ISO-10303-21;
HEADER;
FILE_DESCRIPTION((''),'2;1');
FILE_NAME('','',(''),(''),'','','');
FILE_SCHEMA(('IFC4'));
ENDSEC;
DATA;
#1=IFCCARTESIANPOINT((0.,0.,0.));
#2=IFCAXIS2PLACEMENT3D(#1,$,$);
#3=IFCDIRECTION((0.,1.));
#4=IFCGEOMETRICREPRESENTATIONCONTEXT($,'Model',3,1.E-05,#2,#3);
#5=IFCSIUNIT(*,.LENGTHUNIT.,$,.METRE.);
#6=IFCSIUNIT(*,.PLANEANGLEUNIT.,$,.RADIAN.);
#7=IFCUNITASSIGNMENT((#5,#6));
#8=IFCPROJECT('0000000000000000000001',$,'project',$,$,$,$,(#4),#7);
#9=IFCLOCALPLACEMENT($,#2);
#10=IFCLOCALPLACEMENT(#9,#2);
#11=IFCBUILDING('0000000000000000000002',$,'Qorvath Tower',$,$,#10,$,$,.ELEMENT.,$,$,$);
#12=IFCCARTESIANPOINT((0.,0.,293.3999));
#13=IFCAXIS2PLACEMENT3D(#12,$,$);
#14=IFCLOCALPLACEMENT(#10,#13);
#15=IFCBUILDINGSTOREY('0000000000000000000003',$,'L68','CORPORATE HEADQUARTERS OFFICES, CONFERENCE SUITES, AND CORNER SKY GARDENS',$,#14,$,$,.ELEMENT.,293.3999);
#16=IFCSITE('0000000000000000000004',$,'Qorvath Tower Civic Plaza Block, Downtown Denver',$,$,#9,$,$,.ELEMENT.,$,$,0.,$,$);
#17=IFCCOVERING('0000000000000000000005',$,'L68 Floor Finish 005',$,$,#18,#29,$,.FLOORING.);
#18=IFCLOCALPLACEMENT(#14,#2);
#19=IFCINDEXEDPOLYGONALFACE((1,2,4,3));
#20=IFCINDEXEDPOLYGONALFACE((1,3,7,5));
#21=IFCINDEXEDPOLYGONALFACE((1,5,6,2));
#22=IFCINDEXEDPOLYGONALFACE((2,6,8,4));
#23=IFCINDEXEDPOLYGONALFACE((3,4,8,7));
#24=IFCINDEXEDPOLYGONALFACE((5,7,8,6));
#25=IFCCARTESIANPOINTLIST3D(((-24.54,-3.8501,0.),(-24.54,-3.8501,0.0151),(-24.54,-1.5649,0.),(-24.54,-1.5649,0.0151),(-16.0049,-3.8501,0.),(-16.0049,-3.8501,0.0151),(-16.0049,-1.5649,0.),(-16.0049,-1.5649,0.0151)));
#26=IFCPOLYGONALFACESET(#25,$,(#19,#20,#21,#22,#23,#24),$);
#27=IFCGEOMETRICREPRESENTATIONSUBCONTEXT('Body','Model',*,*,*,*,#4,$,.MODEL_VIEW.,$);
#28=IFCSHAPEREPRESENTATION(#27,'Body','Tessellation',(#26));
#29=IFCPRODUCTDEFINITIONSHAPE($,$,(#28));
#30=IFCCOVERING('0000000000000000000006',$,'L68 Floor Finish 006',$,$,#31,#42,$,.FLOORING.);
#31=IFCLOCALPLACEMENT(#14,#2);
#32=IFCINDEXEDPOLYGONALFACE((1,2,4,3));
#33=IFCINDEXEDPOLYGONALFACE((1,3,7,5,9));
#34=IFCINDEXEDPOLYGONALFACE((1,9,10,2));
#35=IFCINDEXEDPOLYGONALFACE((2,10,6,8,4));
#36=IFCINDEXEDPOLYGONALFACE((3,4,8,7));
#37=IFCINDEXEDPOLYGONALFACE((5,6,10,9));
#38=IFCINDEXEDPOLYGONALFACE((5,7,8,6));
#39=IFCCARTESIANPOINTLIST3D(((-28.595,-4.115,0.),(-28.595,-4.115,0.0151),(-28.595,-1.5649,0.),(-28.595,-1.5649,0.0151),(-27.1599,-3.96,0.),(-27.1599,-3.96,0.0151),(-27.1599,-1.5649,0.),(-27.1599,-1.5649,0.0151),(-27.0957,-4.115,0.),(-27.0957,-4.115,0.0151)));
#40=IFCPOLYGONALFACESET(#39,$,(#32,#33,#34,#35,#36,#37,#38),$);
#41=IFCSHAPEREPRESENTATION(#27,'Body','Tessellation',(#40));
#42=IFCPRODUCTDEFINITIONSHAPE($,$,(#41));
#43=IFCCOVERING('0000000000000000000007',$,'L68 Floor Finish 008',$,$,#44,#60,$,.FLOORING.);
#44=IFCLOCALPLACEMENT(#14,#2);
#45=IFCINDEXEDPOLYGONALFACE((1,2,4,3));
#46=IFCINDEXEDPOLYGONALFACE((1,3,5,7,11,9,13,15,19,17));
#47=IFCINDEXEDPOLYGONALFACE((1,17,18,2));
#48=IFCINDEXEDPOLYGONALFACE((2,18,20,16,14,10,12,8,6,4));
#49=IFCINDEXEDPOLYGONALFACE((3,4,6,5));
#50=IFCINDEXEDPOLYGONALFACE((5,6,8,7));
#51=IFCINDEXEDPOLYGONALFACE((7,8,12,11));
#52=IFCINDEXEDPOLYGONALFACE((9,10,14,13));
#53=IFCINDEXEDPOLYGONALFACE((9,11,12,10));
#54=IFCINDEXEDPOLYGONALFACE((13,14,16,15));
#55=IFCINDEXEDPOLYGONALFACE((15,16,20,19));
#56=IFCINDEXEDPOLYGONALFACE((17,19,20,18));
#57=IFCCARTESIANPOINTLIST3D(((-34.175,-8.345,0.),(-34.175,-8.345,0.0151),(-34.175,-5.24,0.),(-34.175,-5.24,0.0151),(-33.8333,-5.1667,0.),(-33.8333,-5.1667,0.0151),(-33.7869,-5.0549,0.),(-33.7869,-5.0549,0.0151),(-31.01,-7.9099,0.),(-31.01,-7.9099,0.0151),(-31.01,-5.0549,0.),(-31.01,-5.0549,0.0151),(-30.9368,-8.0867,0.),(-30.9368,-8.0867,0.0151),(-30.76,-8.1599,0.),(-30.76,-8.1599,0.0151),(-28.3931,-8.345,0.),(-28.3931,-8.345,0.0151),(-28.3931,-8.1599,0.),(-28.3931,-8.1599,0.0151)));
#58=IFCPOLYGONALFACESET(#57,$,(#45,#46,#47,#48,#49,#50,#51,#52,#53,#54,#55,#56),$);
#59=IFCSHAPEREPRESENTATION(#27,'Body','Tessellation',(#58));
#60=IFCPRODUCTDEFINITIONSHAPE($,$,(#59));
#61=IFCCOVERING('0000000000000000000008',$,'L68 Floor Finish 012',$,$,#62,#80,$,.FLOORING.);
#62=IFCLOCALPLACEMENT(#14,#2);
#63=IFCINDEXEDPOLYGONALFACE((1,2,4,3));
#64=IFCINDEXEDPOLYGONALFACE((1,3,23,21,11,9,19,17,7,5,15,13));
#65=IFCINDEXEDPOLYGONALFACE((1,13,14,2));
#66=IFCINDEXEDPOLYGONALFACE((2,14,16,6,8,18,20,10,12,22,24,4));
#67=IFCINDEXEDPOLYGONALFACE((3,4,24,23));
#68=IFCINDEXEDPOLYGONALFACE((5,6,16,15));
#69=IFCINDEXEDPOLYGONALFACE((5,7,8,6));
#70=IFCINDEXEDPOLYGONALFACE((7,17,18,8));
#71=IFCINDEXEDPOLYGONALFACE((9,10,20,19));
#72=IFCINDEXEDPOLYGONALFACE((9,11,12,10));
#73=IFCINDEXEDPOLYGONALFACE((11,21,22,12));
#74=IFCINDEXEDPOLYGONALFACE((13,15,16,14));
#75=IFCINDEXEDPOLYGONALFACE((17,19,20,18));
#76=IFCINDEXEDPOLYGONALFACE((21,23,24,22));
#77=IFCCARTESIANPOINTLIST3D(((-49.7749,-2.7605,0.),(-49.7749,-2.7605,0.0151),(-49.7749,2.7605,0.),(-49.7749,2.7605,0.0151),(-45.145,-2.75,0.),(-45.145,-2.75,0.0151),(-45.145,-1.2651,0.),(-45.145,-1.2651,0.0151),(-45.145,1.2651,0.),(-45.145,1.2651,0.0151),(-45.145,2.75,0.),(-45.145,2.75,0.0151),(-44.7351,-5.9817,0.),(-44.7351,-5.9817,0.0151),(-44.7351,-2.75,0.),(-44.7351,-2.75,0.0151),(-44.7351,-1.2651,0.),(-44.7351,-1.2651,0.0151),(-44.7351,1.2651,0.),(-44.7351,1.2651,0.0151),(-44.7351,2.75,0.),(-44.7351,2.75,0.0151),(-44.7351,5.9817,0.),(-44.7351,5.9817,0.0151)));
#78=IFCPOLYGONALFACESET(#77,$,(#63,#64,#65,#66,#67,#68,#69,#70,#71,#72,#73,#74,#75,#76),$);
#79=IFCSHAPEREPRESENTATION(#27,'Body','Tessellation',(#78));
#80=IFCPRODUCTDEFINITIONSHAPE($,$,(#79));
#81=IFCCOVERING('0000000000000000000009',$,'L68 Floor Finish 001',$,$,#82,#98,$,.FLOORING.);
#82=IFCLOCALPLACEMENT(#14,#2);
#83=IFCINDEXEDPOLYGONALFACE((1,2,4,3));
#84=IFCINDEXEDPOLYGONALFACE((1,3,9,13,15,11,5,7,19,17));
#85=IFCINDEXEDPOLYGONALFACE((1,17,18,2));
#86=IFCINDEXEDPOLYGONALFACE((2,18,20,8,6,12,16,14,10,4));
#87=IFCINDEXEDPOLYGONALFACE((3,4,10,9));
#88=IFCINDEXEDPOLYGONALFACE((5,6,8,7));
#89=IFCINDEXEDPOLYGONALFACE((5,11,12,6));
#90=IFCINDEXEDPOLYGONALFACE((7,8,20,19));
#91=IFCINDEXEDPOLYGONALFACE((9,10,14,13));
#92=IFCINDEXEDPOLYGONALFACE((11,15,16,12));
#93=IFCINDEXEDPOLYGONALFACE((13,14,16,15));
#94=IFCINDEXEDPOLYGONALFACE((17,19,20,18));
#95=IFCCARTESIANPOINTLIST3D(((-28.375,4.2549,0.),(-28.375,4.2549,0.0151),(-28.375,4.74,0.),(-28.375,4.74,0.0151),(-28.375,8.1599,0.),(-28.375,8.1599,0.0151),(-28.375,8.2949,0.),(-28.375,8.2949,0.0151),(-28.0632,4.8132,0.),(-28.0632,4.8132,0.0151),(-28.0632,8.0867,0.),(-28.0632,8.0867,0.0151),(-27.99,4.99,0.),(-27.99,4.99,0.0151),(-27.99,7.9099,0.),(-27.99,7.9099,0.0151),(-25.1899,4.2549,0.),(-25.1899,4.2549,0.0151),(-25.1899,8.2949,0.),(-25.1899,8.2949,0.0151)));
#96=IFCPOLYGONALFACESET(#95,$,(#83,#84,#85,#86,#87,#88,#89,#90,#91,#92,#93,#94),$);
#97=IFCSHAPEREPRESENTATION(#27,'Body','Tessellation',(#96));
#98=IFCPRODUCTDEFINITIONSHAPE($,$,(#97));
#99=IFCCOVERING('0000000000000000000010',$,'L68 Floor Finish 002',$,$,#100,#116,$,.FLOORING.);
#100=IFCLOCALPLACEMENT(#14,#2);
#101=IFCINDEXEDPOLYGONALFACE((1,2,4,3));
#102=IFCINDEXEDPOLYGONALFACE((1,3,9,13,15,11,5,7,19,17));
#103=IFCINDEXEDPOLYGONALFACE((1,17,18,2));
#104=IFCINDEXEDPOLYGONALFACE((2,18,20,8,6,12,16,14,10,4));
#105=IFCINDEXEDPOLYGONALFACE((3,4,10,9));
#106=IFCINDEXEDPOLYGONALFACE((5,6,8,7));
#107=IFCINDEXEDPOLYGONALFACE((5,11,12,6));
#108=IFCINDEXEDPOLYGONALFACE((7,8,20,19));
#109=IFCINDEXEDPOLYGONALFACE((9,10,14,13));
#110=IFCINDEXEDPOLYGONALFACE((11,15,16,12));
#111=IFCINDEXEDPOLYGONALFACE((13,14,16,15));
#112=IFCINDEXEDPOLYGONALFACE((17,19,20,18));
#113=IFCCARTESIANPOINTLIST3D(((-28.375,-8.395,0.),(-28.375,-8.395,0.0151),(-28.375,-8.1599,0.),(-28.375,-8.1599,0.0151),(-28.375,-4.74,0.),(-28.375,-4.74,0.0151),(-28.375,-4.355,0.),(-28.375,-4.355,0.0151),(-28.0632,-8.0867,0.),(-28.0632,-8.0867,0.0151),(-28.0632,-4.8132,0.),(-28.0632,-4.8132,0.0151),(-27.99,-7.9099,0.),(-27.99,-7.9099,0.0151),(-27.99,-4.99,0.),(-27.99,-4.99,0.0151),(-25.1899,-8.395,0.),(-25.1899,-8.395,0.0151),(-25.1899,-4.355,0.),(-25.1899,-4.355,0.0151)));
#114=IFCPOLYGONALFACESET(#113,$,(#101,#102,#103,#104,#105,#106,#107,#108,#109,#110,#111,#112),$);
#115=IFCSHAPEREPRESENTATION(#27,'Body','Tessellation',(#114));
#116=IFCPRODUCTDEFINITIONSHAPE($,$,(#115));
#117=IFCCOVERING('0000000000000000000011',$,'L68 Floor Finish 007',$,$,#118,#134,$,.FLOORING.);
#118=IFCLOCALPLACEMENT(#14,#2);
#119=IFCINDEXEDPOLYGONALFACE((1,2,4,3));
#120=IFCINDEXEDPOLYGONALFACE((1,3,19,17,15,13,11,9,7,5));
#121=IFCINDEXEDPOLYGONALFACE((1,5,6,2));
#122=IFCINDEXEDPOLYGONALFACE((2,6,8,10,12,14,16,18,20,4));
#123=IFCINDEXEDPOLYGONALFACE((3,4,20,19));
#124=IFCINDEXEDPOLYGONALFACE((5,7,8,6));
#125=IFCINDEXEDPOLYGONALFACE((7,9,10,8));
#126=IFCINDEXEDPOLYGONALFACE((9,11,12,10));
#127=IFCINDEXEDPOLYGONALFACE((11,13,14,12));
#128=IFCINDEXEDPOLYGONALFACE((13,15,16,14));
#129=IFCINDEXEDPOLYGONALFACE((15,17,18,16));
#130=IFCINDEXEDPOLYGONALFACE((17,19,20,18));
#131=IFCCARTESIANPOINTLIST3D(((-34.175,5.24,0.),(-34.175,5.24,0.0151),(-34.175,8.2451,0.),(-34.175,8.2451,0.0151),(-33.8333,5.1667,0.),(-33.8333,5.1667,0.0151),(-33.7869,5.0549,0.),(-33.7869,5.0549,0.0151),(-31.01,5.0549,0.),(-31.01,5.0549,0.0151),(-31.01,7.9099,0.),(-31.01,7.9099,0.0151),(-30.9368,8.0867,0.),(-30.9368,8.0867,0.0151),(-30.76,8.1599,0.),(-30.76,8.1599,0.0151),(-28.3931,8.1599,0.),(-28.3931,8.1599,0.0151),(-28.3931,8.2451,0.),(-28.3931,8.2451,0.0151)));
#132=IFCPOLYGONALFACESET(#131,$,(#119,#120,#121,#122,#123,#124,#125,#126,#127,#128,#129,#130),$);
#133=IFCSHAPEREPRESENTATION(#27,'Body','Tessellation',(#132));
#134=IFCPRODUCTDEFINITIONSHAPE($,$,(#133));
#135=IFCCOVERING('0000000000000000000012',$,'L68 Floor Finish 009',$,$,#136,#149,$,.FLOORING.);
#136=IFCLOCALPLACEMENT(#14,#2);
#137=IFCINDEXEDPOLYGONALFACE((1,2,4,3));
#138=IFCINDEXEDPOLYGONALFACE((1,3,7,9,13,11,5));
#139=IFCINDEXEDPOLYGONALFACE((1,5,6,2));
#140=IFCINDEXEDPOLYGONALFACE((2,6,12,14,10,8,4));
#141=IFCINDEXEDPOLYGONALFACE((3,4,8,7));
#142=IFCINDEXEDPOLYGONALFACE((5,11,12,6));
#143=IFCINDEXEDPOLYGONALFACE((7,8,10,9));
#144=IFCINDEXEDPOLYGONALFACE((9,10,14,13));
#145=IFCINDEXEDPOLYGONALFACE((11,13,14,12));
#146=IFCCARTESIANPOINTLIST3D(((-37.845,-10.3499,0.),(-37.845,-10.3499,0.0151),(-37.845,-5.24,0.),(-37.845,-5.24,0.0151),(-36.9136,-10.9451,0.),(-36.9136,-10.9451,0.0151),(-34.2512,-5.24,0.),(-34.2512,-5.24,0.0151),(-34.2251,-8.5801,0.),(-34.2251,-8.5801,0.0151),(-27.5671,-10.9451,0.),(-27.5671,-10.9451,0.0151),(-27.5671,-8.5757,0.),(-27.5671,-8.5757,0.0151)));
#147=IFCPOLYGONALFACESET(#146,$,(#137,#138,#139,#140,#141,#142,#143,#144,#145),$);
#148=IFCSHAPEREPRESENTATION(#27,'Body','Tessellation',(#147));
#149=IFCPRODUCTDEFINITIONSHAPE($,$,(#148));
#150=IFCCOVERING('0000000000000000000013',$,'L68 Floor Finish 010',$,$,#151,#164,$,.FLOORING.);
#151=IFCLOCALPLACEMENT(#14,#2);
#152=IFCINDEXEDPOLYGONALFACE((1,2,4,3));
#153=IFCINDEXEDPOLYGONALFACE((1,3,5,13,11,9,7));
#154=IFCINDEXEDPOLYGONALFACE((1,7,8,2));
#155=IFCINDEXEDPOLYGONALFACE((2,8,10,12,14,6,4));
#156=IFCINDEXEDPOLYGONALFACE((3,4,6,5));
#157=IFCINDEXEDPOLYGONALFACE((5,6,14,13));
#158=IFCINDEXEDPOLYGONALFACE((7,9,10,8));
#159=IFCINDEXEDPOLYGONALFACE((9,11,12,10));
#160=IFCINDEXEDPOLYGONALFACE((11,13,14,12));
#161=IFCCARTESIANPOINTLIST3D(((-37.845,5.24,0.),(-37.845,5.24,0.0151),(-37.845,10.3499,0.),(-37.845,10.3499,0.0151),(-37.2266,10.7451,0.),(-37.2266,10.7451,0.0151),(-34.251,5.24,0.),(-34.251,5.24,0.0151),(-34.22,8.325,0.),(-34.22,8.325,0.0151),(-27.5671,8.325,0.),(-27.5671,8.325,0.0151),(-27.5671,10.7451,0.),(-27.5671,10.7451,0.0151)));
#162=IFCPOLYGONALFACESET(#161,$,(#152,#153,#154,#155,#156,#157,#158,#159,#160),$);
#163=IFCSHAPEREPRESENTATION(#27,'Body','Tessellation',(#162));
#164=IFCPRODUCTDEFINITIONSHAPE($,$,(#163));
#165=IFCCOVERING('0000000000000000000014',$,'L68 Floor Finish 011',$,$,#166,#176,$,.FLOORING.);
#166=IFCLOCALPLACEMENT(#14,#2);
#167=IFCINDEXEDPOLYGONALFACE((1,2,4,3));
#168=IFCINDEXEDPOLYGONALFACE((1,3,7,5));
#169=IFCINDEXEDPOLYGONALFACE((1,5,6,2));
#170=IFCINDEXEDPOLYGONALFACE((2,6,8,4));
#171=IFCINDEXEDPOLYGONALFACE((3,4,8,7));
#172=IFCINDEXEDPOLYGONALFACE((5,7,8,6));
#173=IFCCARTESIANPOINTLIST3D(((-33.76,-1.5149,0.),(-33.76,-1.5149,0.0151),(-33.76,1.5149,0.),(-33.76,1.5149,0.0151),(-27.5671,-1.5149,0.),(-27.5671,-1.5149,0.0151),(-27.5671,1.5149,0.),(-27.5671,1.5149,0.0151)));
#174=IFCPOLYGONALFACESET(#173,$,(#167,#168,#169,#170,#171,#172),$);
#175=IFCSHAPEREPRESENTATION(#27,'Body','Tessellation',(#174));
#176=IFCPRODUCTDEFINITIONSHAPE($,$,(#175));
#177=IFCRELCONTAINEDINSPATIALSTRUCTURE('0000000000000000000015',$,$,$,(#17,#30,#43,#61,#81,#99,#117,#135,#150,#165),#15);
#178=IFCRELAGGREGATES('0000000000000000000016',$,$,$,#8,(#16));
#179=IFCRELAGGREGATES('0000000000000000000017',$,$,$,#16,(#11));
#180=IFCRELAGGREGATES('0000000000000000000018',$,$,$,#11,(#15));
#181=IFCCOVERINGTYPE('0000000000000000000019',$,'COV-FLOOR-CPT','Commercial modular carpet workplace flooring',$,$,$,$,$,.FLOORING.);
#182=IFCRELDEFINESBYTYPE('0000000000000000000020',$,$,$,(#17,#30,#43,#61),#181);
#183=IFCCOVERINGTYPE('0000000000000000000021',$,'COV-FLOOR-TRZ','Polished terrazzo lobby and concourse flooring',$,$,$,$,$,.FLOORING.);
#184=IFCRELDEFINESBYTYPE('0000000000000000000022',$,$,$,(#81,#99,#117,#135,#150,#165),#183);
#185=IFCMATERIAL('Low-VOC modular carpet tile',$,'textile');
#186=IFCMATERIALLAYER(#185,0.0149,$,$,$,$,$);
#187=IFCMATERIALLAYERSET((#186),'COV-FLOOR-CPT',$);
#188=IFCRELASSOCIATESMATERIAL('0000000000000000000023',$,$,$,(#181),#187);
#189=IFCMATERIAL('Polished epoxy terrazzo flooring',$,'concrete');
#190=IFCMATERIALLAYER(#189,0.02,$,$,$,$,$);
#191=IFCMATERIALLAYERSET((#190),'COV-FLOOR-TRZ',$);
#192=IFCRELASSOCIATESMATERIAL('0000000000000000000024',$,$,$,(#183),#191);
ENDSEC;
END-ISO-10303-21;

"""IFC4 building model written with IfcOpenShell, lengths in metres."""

from ifc_helpers import new_model, si_unit, direction, frame, origin, place, context, subcontext, project, spatial, polyline, outline, extrude, material, layer, layer_set, type_object, element, save


model = new_model("IFC4")

# Units and contexts
model_context = context("Model", 3, precision=1e-05, world=origin(), true_north=direction((0.0, 1.0)))
body_context = subcontext(model_context, "Body", "Model", "MODEL_VIEW")
ifc_project = project(units=[si_unit("LENGTHUNIT", "METRE"), si_unit("PLANEANGLEUNIT", "RADIAN")], contexts=[model_context])

# Site, building, storey
site_placement = place(None, origin())
site = spatial("IfcSite", under=ifc_project, at=site_placement, Name="Qorvath Tower Civic Plaza Block, Downtown Denver", CompositionType="ELEMENT", RefElevation=0.0)
building_placement = place(site_placement, origin())
building = spatial("IfcBuilding", under=site, at=building_placement, Name="Qorvath Tower", CompositionType="ELEMENT")
storey_placement = place(building_placement, frame((0.0, 0.0, 293.3999)))
storey = spatial("IfcBuildingStorey", under=building, at=storey_placement, Name="L68", Description="CORPORATE HEADQUARTERS OFFICES, CONFERENCE SUITES, AND CORNER SKY GARDENS", CompositionType="ELEMENT", Elevation=293.3999)

# Coverings
ifc_material_1 = material(Name="Low-VOC modular carpet tile", Category="textile")
ifc_layer_1 = layer(ifc_material_1, 0.0149)
ifc_layer_set_1 = layer_set([ifc_layer_1], Name="COV-FLOOR-CPT")
covering_type_1 = type_object("IfcCoveringType", Name="COV-FLOOR-CPT", Description="Commercial modular carpet workplace flooring", PredefinedType="FLOORING", material=ifc_layer_set_1)
covering_1_placement = place(storey_placement, origin())
element("IfcCovering", 1, at=covering_1_placement, inside=storey, type_object=covering_type_1, Name="L68 Floor Finish 005", PredefinedType="FLOORING", context=body_context, shape_type="SweptSolid", body=[
    extrude(outline(polyline([(-24.54, -1.5649), (-24.54, -3.8501), (-16.0049, -3.8501), (-16.0049, -1.5649), (-24.54, -1.5649)])), origin(), (0.0, 0.0, 1.0), 0.0151),
])
covering_2_placement = place(storey_placement, origin())
element("IfcCovering", 2, at=covering_2_placement, inside=storey, type_object=covering_type_1, Name="L68 Floor Finish 006", PredefinedType="FLOORING", context=body_context, shape_type="SweptSolid", body=[
    extrude(outline(polyline([(-27.0957, -4.115), (-27.1599, -3.96), (-27.1599, -1.5649), (-28.595, -1.5649), (-28.595, -4.115), (-27.0957, -4.115)])), origin(), (0.0, 0.0, 1.0), 0.0151),
])
covering_3_placement = place(storey_placement, origin())
element("IfcCovering", 3, at=covering_3_placement, inside=storey, type_object=covering_type_1, Name="L68 Floor Finish 008", PredefinedType="FLOORING", context=body_context, shape_type="SweptSolid", body=[
    extrude(outline(polyline([(-33.7869, -5.0549), (-33.8333, -5.1667), (-34.175, -5.24), (-34.175, -8.345), (-28.3931, -8.345), (-28.3931, -8.1599), (-30.76, -8.1599), (-30.9368, -8.0867), (-31.01, -7.9099), (-31.01, -5.0549), (-33.7869, -5.0549)])), origin(), (0.0, 0.0, 1.0), 0.0151),
])
covering_4_placement = place(storey_placement, origin())
element("IfcCovering", 4, at=covering_4_placement, inside=storey, type_object=covering_type_1, Name="L68 Floor Finish 012", PredefinedType="FLOORING", context=body_context, shape_type="SweptSolid", body=[
    extrude(outline(polyline([(-44.7351, -5.9817), (-44.7351, -2.75), (-45.145, -2.75), (-45.145, -1.2651), (-44.7351, -1.2651), (-44.7351, 1.2651), (-45.145, 1.2651), (-45.145, 2.75), (-44.7351, 2.75), (-44.7351, 5.9817), (-49.7749, 2.7605), (-49.7749, -2.7605), (-44.7351, -5.9817)])), origin(), (0.0, 0.0, 1.0), 0.0151),
])
ifc_material_2 = material(Name="Polished epoxy terrazzo flooring", Category="concrete")
ifc_layer_2 = layer(ifc_material_2, 0.02)
ifc_layer_set_2 = layer_set([ifc_layer_2], Name="COV-FLOOR-TRZ")
covering_type_2 = type_object("IfcCoveringType", Name="COV-FLOOR-TRZ", Description="Polished terrazzo lobby and concourse flooring", PredefinedType="FLOORING", material=ifc_layer_set_2)
covering_5_placement = place(storey_placement, origin())
element("IfcCovering", 5, at=covering_5_placement, inside=storey, type_object=covering_type_2, Name="L68 Floor Finish 001", PredefinedType="FLOORING", context=body_context, shape_type="SweptSolid", body=[
    extrude(outline(polyline([(-25.1899, 4.2549), (-25.1899, 8.2949), (-28.375, 8.2949), (-28.375, 8.1599), (-28.0632, 8.0867), (-27.99, 7.9099), (-27.99, 4.99), (-28.0632, 4.8132), (-28.375, 4.74), (-28.375, 4.2549), (-25.1899, 4.2549)])), origin(), (0.0, 0.0, 1.0), 0.0151),
])
covering_6_placement = place(storey_placement, origin())
element("IfcCovering", 6, at=covering_6_placement, inside=storey, type_object=covering_type_2, Name="L68 Floor Finish 002", PredefinedType="FLOORING", context=body_context, shape_type="SweptSolid", body=[
    extrude(outline(polyline([(-25.1899, -8.395), (-25.1899, -4.355), (-28.375, -4.355), (-28.375, -4.74), (-28.0632, -4.8132), (-27.99, -4.99), (-27.99, -7.9099), (-28.0632, -8.0867), (-28.375, -8.1599), (-28.375, -8.395), (-25.1899, -8.395)])), origin(), (0.0, 0.0, 1.0), 0.0151),
])
covering_7_placement = place(storey_placement, origin())
element("IfcCovering", 7, at=covering_7_placement, inside=storey, type_object=covering_type_2, Name="L68 Floor Finish 007", PredefinedType="FLOORING", context=body_context, shape_type="SweptSolid", body=[
    extrude(outline(polyline([(-31.01, 5.0549), (-31.01, 7.9099), (-30.9368, 8.0867), (-30.76, 8.1599), (-28.3931, 8.1599), (-28.3931, 8.2451), (-34.175, 8.2451), (-34.175, 5.24), (-33.8333, 5.1667), (-33.7869, 5.0549), (-31.01, 5.0549)])), origin(), (0.0, 0.0, 1.0), 0.0151),
])
covering_8_placement = place(storey_placement, origin())
element("IfcCovering", 8, at=covering_8_placement, inside=storey, type_object=covering_type_2, Name="L68 Floor Finish 009", PredefinedType="FLOORING", context=body_context, shape_type="SweptSolid", body=[
    extrude(outline(polyline([(-34.2251, -8.5801), (-34.2512, -5.24), (-37.845, -5.24), (-37.845, -10.3499), (-36.9136, -10.9451), (-27.5671, -10.9451), (-27.5671, -8.5757), (-34.2251, -8.5801)])), origin(), (0.0, 0.0, 1.0), 0.0151),
])
covering_9_placement = place(storey_placement, origin())
element("IfcCovering", 9, at=covering_9_placement, inside=storey, type_object=covering_type_2, Name="L68 Floor Finish 010", PredefinedType="FLOORING", context=body_context, shape_type="SweptSolid", body=[
    extrude(outline(polyline([(-27.5671, 8.325), (-27.5671, 10.7451), (-37.2266, 10.7451), (-37.845, 10.3499), (-37.845, 5.24), (-34.251, 5.24), (-34.22, 8.325), (-27.5671, 8.325)])), origin(), (0.0, 0.0, 1.0), 0.0151),
])
covering_10_placement = place(storey_placement, origin())
element("IfcCovering", 10, at=covering_10_placement, inside=storey, type_object=covering_type_2, Name="L68 Floor Finish 011", PredefinedType="FLOORING", context=body_context, shape_type="SweptSolid", body=[
    extrude(outline(polyline([(-27.5671, -1.5149), (-27.5671, 1.5149), (-33.76, 1.5149), (-33.76, -1.5149), (-27.5671, -1.5149)])), origin(), (0.0, 0.0, 1.0), 0.0151),
])

save(model, "model.ifc")
